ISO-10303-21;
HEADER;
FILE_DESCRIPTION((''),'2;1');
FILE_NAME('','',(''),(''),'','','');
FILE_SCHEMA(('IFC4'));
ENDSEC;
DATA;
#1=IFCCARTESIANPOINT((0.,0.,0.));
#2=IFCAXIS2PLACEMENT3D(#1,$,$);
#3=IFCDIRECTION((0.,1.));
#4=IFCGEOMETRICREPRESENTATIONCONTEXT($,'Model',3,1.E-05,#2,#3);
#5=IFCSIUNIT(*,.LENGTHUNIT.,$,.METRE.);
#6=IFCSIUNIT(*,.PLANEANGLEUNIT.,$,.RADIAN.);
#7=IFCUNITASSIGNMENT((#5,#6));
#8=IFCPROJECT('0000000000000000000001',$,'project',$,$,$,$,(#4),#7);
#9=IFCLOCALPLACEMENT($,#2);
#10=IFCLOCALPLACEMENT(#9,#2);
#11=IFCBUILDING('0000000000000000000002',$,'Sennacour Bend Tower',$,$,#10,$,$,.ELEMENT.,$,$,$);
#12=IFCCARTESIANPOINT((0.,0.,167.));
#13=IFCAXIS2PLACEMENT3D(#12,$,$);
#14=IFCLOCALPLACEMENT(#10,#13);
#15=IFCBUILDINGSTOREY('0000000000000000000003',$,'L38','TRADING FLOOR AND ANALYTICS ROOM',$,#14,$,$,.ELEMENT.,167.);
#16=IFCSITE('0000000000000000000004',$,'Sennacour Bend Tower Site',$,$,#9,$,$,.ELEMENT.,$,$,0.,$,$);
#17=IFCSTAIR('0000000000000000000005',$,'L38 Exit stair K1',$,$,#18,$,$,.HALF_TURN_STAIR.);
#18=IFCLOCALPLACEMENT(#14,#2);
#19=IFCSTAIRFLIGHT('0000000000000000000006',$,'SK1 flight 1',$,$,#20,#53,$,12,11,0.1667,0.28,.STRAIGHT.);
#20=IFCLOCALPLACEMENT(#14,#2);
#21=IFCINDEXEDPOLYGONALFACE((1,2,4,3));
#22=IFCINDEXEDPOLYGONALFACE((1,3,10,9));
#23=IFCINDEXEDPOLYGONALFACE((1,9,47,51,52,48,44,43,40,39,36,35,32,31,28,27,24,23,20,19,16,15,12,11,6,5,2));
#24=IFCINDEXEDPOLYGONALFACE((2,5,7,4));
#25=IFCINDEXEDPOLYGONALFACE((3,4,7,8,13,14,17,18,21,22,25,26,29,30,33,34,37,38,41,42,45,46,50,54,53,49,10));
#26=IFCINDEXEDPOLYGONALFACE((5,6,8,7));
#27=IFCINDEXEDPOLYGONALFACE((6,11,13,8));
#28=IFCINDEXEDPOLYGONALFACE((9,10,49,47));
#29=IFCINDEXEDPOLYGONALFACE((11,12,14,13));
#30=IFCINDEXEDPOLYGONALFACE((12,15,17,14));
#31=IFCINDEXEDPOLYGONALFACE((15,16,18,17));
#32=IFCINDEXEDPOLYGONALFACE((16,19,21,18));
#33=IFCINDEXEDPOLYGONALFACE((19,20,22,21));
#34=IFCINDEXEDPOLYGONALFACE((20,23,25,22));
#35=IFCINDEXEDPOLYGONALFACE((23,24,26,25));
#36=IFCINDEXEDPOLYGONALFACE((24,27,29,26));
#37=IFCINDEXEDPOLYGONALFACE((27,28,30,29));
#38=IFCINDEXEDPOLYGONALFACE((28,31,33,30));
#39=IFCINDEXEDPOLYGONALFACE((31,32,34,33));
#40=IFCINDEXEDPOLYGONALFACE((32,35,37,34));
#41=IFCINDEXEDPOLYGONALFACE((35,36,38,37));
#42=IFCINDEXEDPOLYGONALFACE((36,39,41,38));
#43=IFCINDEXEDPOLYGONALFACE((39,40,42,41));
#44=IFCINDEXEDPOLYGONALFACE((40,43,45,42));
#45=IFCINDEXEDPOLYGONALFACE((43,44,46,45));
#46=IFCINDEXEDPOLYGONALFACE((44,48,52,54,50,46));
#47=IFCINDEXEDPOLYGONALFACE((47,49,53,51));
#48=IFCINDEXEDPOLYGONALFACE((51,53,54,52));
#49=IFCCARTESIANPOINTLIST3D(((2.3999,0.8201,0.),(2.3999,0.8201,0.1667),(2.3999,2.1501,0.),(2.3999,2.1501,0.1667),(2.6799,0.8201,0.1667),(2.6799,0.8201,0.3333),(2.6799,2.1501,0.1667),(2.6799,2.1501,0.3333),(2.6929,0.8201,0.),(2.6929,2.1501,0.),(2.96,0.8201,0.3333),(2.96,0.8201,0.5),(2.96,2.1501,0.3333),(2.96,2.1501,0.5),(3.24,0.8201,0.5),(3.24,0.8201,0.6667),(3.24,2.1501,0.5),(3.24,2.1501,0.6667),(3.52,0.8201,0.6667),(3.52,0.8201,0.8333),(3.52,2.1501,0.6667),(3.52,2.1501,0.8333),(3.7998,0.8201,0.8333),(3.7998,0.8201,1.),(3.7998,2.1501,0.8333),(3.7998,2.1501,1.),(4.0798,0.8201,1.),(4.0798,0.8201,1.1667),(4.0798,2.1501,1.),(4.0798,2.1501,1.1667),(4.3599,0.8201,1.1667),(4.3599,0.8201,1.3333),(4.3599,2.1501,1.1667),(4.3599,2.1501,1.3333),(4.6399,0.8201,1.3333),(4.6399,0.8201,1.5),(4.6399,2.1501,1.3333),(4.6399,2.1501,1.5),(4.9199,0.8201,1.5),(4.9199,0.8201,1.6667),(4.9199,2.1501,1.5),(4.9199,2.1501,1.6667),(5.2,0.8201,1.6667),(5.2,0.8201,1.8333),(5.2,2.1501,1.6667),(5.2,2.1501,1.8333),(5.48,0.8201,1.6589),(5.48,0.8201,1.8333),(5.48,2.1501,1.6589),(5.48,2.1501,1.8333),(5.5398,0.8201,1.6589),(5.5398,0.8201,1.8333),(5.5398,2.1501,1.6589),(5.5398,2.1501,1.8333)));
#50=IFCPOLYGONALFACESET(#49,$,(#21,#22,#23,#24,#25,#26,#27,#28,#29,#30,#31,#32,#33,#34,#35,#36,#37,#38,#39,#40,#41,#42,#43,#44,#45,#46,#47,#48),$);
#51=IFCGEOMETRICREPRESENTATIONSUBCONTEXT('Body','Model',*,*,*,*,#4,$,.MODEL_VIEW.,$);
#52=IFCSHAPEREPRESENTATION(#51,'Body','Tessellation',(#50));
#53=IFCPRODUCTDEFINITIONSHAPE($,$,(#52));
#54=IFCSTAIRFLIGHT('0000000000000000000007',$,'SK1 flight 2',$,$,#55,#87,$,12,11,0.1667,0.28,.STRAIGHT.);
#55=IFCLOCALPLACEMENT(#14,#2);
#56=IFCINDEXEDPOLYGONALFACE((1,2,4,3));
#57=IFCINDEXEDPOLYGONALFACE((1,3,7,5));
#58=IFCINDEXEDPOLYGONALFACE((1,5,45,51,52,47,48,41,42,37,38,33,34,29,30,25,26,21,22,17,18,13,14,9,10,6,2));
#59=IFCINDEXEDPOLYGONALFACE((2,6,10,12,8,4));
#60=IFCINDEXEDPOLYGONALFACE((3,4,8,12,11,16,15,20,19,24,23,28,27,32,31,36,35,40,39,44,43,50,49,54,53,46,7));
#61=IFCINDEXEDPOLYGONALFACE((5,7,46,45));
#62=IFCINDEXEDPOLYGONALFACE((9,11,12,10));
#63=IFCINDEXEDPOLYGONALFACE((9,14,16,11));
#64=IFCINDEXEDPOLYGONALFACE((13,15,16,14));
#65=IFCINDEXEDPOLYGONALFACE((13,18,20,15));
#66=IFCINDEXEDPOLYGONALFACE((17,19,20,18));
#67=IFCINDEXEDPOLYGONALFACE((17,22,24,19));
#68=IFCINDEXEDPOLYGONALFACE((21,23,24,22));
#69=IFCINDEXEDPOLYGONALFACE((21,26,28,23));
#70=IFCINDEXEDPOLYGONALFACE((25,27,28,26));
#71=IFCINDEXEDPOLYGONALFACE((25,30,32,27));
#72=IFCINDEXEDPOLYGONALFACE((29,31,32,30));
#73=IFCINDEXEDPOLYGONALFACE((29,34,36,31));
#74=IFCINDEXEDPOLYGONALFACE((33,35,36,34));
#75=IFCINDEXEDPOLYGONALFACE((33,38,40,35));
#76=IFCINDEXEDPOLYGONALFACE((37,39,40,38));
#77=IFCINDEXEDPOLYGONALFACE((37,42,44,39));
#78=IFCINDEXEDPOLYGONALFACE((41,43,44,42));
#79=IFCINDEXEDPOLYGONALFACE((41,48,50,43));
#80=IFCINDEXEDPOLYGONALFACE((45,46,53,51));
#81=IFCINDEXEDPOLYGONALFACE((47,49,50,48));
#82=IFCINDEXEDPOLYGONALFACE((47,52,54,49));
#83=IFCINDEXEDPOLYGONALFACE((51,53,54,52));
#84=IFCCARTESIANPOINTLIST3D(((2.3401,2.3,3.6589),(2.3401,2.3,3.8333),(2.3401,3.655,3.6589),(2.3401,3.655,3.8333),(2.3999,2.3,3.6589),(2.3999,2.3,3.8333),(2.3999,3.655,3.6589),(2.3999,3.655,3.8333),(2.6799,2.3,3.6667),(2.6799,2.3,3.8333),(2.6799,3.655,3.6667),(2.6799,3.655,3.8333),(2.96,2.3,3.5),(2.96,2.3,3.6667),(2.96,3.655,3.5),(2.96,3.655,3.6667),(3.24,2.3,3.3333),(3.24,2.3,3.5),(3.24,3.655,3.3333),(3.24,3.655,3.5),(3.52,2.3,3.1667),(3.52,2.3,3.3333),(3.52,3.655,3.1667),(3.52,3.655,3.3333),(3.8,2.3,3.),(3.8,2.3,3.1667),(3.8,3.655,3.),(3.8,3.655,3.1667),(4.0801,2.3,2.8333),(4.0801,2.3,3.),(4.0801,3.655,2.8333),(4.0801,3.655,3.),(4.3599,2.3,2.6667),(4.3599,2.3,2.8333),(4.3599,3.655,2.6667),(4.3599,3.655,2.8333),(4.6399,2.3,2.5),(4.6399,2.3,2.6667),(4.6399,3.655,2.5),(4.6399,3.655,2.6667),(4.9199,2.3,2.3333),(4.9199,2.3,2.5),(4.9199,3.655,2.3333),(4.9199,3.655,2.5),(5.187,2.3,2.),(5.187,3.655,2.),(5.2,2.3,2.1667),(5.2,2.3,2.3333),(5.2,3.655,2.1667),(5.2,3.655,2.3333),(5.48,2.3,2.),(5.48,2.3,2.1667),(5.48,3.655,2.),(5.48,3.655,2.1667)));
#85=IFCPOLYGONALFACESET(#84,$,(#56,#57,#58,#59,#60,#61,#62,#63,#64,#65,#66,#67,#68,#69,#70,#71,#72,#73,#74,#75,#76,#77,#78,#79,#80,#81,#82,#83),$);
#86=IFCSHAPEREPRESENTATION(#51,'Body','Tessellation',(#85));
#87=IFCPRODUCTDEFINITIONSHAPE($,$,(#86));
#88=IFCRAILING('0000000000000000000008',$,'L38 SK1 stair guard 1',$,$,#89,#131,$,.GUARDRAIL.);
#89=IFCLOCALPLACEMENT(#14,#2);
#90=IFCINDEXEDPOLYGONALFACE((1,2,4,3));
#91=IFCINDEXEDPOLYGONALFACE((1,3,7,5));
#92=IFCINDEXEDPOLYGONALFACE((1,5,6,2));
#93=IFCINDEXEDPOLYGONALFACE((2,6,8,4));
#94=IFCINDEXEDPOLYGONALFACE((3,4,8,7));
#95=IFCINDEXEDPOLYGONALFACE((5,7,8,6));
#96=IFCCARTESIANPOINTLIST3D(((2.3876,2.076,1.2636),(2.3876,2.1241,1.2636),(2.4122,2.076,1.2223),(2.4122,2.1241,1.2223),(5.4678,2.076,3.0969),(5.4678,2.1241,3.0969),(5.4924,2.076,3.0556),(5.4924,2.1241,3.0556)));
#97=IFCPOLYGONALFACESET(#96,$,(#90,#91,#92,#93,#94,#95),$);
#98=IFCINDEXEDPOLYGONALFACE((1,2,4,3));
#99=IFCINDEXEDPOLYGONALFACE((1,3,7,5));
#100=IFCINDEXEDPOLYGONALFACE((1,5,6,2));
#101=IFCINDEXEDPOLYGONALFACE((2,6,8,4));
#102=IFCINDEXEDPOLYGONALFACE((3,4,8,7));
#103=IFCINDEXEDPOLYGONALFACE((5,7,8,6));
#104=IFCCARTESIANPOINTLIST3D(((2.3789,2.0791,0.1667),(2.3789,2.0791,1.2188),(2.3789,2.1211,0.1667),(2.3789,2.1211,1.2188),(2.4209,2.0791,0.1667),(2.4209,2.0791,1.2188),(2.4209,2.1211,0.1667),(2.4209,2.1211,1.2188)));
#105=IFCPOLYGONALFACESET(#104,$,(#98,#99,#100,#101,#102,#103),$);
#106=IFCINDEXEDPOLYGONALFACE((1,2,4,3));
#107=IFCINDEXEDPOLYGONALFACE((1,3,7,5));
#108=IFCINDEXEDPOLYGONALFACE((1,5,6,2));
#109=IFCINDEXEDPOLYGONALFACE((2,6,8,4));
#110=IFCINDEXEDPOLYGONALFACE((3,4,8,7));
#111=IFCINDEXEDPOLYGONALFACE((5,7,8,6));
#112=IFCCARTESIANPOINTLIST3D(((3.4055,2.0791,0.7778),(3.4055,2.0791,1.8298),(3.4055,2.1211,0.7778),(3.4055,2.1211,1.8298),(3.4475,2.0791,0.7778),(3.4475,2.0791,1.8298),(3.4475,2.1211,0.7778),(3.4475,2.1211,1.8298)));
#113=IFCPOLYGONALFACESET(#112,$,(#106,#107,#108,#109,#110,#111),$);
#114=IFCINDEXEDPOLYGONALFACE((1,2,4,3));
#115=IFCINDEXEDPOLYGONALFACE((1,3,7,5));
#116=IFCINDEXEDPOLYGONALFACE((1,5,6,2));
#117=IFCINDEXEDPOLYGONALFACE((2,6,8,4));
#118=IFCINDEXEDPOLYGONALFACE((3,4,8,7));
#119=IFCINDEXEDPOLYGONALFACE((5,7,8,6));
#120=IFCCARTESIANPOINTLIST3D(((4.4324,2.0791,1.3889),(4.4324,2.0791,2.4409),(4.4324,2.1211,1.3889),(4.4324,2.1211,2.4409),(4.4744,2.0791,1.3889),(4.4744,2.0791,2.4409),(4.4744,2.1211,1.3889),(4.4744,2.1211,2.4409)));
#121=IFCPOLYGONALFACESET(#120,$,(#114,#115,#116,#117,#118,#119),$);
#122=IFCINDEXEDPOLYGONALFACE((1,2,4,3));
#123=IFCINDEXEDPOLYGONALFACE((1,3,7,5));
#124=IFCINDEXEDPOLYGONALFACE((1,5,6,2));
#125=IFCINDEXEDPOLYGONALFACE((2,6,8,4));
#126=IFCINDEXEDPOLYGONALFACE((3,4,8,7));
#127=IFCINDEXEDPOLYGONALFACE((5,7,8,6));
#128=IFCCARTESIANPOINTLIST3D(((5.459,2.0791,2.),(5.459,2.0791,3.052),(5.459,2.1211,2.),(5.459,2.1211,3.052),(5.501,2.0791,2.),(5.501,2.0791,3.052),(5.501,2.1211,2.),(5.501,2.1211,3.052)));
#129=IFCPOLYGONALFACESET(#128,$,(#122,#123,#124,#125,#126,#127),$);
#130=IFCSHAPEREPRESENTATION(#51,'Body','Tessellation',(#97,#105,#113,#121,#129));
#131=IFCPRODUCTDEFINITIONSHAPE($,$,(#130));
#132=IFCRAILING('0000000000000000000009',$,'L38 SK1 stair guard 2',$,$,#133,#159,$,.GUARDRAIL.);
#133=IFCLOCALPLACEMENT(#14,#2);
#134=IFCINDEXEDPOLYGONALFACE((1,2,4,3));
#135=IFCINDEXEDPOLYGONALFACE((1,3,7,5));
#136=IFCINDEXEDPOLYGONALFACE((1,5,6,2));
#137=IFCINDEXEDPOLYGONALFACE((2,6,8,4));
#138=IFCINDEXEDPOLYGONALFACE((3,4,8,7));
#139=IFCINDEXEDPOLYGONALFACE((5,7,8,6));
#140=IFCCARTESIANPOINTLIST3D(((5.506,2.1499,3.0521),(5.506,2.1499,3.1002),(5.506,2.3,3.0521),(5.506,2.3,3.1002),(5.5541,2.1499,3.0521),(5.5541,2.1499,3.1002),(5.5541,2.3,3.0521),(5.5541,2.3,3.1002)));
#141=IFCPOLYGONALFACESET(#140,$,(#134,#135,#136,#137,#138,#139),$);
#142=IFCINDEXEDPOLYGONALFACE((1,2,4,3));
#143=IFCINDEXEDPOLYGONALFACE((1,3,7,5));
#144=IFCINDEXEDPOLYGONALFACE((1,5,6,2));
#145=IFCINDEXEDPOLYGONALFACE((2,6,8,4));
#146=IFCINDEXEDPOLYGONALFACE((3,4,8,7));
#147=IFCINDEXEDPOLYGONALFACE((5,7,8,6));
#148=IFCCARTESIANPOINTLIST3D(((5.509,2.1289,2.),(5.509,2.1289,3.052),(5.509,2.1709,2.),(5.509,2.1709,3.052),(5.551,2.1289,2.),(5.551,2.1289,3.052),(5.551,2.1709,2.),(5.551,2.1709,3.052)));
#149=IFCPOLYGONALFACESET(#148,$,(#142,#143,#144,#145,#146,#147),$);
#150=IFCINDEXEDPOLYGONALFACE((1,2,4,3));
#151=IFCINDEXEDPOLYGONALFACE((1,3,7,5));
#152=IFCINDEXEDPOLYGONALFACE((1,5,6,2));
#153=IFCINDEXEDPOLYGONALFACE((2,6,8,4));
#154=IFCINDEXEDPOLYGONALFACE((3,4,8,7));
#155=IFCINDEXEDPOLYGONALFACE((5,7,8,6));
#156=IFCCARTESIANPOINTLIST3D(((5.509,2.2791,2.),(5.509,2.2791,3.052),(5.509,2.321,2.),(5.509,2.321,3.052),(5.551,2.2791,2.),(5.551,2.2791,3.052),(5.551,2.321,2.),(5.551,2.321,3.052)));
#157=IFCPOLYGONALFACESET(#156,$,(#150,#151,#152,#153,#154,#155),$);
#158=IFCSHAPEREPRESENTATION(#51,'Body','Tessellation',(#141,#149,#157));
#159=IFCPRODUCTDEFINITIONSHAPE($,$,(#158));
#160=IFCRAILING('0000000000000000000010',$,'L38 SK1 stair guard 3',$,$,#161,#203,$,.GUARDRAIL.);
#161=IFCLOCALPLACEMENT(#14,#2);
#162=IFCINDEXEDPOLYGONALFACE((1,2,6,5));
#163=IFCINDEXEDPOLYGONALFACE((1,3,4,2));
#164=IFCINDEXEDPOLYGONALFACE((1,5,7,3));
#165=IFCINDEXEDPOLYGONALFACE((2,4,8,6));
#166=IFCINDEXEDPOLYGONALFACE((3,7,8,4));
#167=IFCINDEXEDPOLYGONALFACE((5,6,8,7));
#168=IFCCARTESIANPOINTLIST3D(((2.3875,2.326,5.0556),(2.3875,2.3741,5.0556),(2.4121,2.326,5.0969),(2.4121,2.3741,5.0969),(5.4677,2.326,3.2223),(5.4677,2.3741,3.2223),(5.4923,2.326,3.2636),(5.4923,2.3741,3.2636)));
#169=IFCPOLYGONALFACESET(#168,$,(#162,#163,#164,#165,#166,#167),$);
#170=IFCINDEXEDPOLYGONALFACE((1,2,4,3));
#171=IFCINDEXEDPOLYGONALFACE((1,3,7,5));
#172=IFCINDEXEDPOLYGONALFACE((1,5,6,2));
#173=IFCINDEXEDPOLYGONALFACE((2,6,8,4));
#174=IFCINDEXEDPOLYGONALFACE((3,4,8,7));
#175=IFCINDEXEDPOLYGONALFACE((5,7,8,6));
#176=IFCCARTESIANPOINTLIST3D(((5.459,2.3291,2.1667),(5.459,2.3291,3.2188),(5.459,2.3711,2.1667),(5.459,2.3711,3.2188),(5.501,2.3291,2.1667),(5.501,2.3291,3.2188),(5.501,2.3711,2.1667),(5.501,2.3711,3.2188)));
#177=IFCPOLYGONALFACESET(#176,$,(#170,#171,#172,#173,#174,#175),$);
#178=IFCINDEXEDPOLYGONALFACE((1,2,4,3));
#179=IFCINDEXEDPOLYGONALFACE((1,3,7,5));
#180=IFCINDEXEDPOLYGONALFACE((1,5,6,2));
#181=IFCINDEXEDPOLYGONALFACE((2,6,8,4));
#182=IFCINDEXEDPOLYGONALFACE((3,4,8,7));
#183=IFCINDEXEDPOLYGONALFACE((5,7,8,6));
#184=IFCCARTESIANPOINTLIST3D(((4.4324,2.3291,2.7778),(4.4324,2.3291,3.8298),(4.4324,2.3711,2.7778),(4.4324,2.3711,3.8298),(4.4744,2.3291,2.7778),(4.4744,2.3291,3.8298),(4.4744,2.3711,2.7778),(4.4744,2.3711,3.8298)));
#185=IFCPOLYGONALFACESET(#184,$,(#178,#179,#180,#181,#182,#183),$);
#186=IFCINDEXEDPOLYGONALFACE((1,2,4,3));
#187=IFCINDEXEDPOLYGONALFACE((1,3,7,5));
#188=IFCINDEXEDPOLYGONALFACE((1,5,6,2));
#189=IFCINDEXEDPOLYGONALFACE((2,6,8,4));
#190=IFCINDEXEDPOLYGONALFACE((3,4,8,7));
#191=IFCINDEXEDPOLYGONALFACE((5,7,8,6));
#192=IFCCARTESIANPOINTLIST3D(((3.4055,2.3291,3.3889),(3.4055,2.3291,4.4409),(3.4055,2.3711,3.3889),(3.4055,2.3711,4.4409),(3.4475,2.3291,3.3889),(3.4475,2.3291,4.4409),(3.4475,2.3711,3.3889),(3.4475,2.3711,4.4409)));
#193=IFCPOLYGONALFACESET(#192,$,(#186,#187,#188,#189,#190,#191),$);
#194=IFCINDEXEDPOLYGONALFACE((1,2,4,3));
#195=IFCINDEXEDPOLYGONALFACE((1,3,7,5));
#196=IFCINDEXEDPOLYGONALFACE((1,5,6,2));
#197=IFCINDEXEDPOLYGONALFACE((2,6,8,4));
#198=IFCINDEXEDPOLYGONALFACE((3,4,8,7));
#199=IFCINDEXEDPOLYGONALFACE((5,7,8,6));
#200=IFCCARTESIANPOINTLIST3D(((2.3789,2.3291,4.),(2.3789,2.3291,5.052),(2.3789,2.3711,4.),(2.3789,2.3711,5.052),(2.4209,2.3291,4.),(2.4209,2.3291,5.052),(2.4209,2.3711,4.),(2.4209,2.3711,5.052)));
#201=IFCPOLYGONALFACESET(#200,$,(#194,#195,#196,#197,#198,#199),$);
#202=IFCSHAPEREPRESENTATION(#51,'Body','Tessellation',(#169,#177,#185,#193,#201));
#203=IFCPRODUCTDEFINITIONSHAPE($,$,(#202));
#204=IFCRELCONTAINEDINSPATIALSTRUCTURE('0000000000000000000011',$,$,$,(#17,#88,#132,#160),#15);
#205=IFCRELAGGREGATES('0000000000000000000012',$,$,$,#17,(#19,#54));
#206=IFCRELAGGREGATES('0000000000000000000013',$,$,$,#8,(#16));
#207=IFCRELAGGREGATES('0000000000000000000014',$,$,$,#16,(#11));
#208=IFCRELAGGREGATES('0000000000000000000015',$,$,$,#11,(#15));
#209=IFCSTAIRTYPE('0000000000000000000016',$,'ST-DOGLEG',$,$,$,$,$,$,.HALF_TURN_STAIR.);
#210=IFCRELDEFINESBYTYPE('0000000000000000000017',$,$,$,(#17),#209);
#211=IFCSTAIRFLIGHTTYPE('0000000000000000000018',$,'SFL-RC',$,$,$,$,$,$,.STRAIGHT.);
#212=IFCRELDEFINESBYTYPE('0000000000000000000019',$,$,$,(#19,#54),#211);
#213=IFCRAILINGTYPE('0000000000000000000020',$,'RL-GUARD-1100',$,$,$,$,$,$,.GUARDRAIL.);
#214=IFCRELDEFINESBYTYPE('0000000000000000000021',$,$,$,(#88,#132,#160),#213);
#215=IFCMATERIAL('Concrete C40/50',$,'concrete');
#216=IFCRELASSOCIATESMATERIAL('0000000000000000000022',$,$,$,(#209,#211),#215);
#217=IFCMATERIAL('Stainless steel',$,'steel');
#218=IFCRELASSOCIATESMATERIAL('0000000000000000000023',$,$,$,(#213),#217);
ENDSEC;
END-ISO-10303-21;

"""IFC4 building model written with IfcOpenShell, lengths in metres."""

from ifc_helpers import new_model, si_unit, direction, frame, origin, origin_2d, place, context, subcontext, project, spatial, polyline, rectangle, outline, extrude, material, type_object, element, aggregate, save


model = new_model("IFC4")

# Units and contexts
model_context = context("Model", 3, precision=1e-05, world=origin(), true_north=direction((0.0, 1.0)))
body_context = subcontext(model_context, "Body", "Model", "MODEL_VIEW")
ifc_project = project(units=[si_unit("LENGTHUNIT", "METRE"), si_unit("PLANEANGLEUNIT", "RADIAN")], contexts=[model_context])

# Site, building, storey
site_placement = place(None, origin())
site = spatial("IfcSite", under=ifc_project, at=site_placement, Name="Sennacour Bend Tower Site", CompositionType="ELEMENT", RefElevation=0.0)
building_placement = place(site_placement, origin())
building = spatial("IfcBuilding", under=site, at=building_placement, Name="Sennacour Bend Tower", CompositionType="ELEMENT")
storey_placement = place(building_placement, frame((0.0, 0.0, 167.0)))
storey = spatial("IfcBuildingStorey", under=building, at=storey_placement, Name="L38", Description="TRADING FLOOR AND ANALYTICS ROOM", CompositionType="ELEMENT", Elevation=167.0)

# Stair, stair flights
ifc_material_1 = material(Name="Concrete C40/50", Category="concrete")
stair_type = type_object("IfcStairType", Name="ST-DOGLEG", PredefinedType="HALF_TURN_STAIR", material=ifc_material_1)
stair_placement = place(storey_placement, origin())
stair = element("IfcStair", 1, at=stair_placement, inside=storey, type_object=stair_type, Name="L38 Exit stair K1", PredefinedType="HALF_TURN_STAIR")
stair_flight_type = type_object("IfcStairFlightType", Name="SFL-RC", PredefinedType="STRAIGHT", material=ifc_material_1)
stair_flight_1_placement = place(storey_placement, frame((2.3999, 1.4851, 0.0), z_axis=(0.0, 0.0, 1.0), x_axis=(1.0, 0.0, 0.0)))
stair_flight_1 = element("IfcStairFlight", 2, at=stair_flight_1_placement, type_object=stair_flight_type, Name="SK1 flight 1", NumberOfRisers=12, NumberOfTreads=11, PredefinedType="STRAIGHT", RiserHeight=0.1667, TreadLength=0.28, context=body_context, shape_type="SweptSolid", body=[
    extrude(outline(polyline([(0.0, 0.0), (0.0, 0.1667), (0.28, 0.1667), (0.28, 0.3333), (0.5601, 0.3333), (0.5601, 0.5), (0.8401, 0.5), (0.8401, 0.6667), (1.1201, 0.6667), (1.1201, 0.8333), (1.3999, 0.8333), (1.3999, 1.0), (1.6799, 1.0), (1.6799, 1.1667), (1.96, 1.1667), (1.96, 1.3333), (2.24, 1.3333), (2.24, 1.5), (2.52, 1.5), (2.52, 1.6667), (2.8, 1.6667), (2.8, 1.8333), (3.0801, 1.8333), (3.1399, 1.8333), (3.1399, 1.6589), (3.0801, 1.6589), (0.293, 0.0), (0.0, 0.0)])), frame((0.0, 0.665, 0.0), z_axis=(0.0, -1.0, 0.0), x_axis=(1.0, 0.0, 0.0)), (0.0, 0.0, 1.0), 1.3301),
])
stair_flight_2_placement = place(storey_placement, frame((5.48, 2.9775, 2.0), z_axis=(0.0, 0.0, 1.0), x_axis=(-1.0, 0.0, 0.0)))
stair_flight_2 = element("IfcStairFlight", 3, at=stair_flight_2_placement, type_object=stair_flight_type, Name="SK1 flight 2", NumberOfRisers=12, NumberOfTreads=11, PredefinedType="STRAIGHT", RiserHeight=0.1667, TreadLength=0.28, context=body_context, shape_type="SweptSolid", body=[
    extrude(outline(polyline([(0.0, 0.0), (0.0, 0.1667), (0.28, 0.1667), (0.28, 0.3333), (0.5601, 0.3333), (0.5601, 0.5), (0.8401, 0.5), (0.8401, 0.6667), (1.1201, 0.6667), (1.1201, 0.8333), (1.3999, 0.8333), (1.3999, 1.0), (1.6799, 1.0), (1.6799, 1.1667), (1.96, 1.1667), (1.96, 1.3333), (2.24, 1.3333), (2.24, 1.5), (2.52, 1.5), (2.52, 1.6667), (2.8, 1.6667), (2.8, 1.8333), (3.0801, 1.8333), (3.1399, 1.8333), (3.1399, 1.6589), (3.0801, 1.6589), (0.293, 0.0), (0.0, 0.0)])), frame((0.0, 0.6775, 0.0), z_axis=(0.0, -1.0, 0.0), x_axis=(1.0, 0.0, 0.0)), (0.0, 0.0, 1.0), 1.355),
])
aggregate(stair, [stair_flight_1, stair_flight_2])

# Railings
ifc_material_2 = material(Name="Stainless steel", Category="steel")
railing_type_1 = type_object("IfcRailingType", Name="RL-GUARD-1100", PredefinedType="GUARDRAIL", material=ifc_material_2)
railing_1_placement = place(storey_placement, frame((2.3999, 2.1001, 0.1667)))
element("IfcRailing", 4, at=railing_1_placement, inside=storey, type_object=railing_type_1, Name="L38 SK1 stair guard 1", PredefinedType="GUARDRAIL", context=body_context, shape_type="SweptSolid", body=[
    extrude(rectangle(XDim=0.0481, YDim=0.0481, at=origin_2d()), frame((0.0, 0.0, 1.0762), z_axis=(0.859309, 0.0, 0.511458), x_axis=(0.0, 1.0, 0.0)), (0.0, 0.0, 1.0), 3.5845),
    extrude(rectangle(XDim=0.042, YDim=0.042, at=origin_2d()), origin(), (0.0, 0.0, 1.0), 1.052),
    extrude(rectangle(XDim=0.042, YDim=0.042, at=origin_2d()), frame((1.0266, 0.0, 0.6111)), (0.0, 0.0, 1.0), 1.052),
    extrude(rectangle(XDim=0.042, YDim=0.042, at=origin_2d()), frame((2.0535, 0.0, 1.2222)), (0.0, 0.0, 1.0), 1.052),
    extrude(rectangle(XDim=0.042, YDim=0.042, at=origin_2d()), frame((3.0801, 0.0, 1.8333)), (0.0, 0.0, 1.0), 1.052),
])
railing_2_placement = place(storey_placement, frame((5.53, 2.1499, 2.0)))
element("IfcRailing", 5, at=railing_2_placement, inside=storey, type_object=railing_type_1, Name="L38 SK1 stair guard 2", PredefinedType="GUARDRAIL", context=body_context, shape_type="SweptSolid", body=[
    extrude(rectangle(XDim=0.0481, YDim=0.0481, at=origin_2d()), frame((0.0, 0.0, 1.0762), z_axis=(0.0, 1.0, 0.0), x_axis=(-1.0, 0.0, 0.0)), (0.0, 0.0, 1.0), 0.1501),
    extrude(rectangle(XDim=0.042, YDim=0.042, at=origin_2d()), origin(), (0.0, 0.0, 1.0), 1.052),
    extrude(rectangle(XDim=0.042, YDim=0.042, at=origin_2d()), frame((0.0, 0.1501, 0.0)), (0.0, 0.0, 1.0), 1.052),
])
railing_3_placement = place(storey_placement, frame((5.48, 2.3501, 2.1667)))
element("IfcRailing", 6, at=railing_3_placement, inside=storey, type_object=railing_type_1, Name="L38 SK1 stair guard 3", PredefinedType="GUARDRAIL", context=body_context, shape_type="SweptSolid", body=[
    extrude(rectangle(XDim=0.0481, YDim=0.0481, at=origin_2d()), frame((0.0, 0.0, 1.0762), z_axis=(-0.859309, 0.0, 0.511458), x_axis=(0.0, -1.0, 0.0)), (0.0, 0.0, 1.0), 3.5845),
    extrude(rectangle(XDim=0.042, YDim=0.042, at=origin_2d()), origin(), (0.0, 0.0, 1.0), 1.052),
    extrude(rectangle(XDim=0.042, YDim=0.042, at=origin_2d()), frame((-1.0266, 0.0, 0.6111)), (0.0, 0.0, 1.0), 1.052),
    extrude(rectangle(XDim=0.042, YDim=0.042, at=origin_2d()), frame((-2.0535, 0.0, 1.2222)), (0.0, 0.0, 1.0), 1.052),
    extrude(rectangle(XDim=0.042, YDim=0.042, at=origin_2d()), frame((-3.0801, 0.0, 1.8333)), (0.0, 0.0, 1.0), 1.052),
])

save(model, "model.ifc")
